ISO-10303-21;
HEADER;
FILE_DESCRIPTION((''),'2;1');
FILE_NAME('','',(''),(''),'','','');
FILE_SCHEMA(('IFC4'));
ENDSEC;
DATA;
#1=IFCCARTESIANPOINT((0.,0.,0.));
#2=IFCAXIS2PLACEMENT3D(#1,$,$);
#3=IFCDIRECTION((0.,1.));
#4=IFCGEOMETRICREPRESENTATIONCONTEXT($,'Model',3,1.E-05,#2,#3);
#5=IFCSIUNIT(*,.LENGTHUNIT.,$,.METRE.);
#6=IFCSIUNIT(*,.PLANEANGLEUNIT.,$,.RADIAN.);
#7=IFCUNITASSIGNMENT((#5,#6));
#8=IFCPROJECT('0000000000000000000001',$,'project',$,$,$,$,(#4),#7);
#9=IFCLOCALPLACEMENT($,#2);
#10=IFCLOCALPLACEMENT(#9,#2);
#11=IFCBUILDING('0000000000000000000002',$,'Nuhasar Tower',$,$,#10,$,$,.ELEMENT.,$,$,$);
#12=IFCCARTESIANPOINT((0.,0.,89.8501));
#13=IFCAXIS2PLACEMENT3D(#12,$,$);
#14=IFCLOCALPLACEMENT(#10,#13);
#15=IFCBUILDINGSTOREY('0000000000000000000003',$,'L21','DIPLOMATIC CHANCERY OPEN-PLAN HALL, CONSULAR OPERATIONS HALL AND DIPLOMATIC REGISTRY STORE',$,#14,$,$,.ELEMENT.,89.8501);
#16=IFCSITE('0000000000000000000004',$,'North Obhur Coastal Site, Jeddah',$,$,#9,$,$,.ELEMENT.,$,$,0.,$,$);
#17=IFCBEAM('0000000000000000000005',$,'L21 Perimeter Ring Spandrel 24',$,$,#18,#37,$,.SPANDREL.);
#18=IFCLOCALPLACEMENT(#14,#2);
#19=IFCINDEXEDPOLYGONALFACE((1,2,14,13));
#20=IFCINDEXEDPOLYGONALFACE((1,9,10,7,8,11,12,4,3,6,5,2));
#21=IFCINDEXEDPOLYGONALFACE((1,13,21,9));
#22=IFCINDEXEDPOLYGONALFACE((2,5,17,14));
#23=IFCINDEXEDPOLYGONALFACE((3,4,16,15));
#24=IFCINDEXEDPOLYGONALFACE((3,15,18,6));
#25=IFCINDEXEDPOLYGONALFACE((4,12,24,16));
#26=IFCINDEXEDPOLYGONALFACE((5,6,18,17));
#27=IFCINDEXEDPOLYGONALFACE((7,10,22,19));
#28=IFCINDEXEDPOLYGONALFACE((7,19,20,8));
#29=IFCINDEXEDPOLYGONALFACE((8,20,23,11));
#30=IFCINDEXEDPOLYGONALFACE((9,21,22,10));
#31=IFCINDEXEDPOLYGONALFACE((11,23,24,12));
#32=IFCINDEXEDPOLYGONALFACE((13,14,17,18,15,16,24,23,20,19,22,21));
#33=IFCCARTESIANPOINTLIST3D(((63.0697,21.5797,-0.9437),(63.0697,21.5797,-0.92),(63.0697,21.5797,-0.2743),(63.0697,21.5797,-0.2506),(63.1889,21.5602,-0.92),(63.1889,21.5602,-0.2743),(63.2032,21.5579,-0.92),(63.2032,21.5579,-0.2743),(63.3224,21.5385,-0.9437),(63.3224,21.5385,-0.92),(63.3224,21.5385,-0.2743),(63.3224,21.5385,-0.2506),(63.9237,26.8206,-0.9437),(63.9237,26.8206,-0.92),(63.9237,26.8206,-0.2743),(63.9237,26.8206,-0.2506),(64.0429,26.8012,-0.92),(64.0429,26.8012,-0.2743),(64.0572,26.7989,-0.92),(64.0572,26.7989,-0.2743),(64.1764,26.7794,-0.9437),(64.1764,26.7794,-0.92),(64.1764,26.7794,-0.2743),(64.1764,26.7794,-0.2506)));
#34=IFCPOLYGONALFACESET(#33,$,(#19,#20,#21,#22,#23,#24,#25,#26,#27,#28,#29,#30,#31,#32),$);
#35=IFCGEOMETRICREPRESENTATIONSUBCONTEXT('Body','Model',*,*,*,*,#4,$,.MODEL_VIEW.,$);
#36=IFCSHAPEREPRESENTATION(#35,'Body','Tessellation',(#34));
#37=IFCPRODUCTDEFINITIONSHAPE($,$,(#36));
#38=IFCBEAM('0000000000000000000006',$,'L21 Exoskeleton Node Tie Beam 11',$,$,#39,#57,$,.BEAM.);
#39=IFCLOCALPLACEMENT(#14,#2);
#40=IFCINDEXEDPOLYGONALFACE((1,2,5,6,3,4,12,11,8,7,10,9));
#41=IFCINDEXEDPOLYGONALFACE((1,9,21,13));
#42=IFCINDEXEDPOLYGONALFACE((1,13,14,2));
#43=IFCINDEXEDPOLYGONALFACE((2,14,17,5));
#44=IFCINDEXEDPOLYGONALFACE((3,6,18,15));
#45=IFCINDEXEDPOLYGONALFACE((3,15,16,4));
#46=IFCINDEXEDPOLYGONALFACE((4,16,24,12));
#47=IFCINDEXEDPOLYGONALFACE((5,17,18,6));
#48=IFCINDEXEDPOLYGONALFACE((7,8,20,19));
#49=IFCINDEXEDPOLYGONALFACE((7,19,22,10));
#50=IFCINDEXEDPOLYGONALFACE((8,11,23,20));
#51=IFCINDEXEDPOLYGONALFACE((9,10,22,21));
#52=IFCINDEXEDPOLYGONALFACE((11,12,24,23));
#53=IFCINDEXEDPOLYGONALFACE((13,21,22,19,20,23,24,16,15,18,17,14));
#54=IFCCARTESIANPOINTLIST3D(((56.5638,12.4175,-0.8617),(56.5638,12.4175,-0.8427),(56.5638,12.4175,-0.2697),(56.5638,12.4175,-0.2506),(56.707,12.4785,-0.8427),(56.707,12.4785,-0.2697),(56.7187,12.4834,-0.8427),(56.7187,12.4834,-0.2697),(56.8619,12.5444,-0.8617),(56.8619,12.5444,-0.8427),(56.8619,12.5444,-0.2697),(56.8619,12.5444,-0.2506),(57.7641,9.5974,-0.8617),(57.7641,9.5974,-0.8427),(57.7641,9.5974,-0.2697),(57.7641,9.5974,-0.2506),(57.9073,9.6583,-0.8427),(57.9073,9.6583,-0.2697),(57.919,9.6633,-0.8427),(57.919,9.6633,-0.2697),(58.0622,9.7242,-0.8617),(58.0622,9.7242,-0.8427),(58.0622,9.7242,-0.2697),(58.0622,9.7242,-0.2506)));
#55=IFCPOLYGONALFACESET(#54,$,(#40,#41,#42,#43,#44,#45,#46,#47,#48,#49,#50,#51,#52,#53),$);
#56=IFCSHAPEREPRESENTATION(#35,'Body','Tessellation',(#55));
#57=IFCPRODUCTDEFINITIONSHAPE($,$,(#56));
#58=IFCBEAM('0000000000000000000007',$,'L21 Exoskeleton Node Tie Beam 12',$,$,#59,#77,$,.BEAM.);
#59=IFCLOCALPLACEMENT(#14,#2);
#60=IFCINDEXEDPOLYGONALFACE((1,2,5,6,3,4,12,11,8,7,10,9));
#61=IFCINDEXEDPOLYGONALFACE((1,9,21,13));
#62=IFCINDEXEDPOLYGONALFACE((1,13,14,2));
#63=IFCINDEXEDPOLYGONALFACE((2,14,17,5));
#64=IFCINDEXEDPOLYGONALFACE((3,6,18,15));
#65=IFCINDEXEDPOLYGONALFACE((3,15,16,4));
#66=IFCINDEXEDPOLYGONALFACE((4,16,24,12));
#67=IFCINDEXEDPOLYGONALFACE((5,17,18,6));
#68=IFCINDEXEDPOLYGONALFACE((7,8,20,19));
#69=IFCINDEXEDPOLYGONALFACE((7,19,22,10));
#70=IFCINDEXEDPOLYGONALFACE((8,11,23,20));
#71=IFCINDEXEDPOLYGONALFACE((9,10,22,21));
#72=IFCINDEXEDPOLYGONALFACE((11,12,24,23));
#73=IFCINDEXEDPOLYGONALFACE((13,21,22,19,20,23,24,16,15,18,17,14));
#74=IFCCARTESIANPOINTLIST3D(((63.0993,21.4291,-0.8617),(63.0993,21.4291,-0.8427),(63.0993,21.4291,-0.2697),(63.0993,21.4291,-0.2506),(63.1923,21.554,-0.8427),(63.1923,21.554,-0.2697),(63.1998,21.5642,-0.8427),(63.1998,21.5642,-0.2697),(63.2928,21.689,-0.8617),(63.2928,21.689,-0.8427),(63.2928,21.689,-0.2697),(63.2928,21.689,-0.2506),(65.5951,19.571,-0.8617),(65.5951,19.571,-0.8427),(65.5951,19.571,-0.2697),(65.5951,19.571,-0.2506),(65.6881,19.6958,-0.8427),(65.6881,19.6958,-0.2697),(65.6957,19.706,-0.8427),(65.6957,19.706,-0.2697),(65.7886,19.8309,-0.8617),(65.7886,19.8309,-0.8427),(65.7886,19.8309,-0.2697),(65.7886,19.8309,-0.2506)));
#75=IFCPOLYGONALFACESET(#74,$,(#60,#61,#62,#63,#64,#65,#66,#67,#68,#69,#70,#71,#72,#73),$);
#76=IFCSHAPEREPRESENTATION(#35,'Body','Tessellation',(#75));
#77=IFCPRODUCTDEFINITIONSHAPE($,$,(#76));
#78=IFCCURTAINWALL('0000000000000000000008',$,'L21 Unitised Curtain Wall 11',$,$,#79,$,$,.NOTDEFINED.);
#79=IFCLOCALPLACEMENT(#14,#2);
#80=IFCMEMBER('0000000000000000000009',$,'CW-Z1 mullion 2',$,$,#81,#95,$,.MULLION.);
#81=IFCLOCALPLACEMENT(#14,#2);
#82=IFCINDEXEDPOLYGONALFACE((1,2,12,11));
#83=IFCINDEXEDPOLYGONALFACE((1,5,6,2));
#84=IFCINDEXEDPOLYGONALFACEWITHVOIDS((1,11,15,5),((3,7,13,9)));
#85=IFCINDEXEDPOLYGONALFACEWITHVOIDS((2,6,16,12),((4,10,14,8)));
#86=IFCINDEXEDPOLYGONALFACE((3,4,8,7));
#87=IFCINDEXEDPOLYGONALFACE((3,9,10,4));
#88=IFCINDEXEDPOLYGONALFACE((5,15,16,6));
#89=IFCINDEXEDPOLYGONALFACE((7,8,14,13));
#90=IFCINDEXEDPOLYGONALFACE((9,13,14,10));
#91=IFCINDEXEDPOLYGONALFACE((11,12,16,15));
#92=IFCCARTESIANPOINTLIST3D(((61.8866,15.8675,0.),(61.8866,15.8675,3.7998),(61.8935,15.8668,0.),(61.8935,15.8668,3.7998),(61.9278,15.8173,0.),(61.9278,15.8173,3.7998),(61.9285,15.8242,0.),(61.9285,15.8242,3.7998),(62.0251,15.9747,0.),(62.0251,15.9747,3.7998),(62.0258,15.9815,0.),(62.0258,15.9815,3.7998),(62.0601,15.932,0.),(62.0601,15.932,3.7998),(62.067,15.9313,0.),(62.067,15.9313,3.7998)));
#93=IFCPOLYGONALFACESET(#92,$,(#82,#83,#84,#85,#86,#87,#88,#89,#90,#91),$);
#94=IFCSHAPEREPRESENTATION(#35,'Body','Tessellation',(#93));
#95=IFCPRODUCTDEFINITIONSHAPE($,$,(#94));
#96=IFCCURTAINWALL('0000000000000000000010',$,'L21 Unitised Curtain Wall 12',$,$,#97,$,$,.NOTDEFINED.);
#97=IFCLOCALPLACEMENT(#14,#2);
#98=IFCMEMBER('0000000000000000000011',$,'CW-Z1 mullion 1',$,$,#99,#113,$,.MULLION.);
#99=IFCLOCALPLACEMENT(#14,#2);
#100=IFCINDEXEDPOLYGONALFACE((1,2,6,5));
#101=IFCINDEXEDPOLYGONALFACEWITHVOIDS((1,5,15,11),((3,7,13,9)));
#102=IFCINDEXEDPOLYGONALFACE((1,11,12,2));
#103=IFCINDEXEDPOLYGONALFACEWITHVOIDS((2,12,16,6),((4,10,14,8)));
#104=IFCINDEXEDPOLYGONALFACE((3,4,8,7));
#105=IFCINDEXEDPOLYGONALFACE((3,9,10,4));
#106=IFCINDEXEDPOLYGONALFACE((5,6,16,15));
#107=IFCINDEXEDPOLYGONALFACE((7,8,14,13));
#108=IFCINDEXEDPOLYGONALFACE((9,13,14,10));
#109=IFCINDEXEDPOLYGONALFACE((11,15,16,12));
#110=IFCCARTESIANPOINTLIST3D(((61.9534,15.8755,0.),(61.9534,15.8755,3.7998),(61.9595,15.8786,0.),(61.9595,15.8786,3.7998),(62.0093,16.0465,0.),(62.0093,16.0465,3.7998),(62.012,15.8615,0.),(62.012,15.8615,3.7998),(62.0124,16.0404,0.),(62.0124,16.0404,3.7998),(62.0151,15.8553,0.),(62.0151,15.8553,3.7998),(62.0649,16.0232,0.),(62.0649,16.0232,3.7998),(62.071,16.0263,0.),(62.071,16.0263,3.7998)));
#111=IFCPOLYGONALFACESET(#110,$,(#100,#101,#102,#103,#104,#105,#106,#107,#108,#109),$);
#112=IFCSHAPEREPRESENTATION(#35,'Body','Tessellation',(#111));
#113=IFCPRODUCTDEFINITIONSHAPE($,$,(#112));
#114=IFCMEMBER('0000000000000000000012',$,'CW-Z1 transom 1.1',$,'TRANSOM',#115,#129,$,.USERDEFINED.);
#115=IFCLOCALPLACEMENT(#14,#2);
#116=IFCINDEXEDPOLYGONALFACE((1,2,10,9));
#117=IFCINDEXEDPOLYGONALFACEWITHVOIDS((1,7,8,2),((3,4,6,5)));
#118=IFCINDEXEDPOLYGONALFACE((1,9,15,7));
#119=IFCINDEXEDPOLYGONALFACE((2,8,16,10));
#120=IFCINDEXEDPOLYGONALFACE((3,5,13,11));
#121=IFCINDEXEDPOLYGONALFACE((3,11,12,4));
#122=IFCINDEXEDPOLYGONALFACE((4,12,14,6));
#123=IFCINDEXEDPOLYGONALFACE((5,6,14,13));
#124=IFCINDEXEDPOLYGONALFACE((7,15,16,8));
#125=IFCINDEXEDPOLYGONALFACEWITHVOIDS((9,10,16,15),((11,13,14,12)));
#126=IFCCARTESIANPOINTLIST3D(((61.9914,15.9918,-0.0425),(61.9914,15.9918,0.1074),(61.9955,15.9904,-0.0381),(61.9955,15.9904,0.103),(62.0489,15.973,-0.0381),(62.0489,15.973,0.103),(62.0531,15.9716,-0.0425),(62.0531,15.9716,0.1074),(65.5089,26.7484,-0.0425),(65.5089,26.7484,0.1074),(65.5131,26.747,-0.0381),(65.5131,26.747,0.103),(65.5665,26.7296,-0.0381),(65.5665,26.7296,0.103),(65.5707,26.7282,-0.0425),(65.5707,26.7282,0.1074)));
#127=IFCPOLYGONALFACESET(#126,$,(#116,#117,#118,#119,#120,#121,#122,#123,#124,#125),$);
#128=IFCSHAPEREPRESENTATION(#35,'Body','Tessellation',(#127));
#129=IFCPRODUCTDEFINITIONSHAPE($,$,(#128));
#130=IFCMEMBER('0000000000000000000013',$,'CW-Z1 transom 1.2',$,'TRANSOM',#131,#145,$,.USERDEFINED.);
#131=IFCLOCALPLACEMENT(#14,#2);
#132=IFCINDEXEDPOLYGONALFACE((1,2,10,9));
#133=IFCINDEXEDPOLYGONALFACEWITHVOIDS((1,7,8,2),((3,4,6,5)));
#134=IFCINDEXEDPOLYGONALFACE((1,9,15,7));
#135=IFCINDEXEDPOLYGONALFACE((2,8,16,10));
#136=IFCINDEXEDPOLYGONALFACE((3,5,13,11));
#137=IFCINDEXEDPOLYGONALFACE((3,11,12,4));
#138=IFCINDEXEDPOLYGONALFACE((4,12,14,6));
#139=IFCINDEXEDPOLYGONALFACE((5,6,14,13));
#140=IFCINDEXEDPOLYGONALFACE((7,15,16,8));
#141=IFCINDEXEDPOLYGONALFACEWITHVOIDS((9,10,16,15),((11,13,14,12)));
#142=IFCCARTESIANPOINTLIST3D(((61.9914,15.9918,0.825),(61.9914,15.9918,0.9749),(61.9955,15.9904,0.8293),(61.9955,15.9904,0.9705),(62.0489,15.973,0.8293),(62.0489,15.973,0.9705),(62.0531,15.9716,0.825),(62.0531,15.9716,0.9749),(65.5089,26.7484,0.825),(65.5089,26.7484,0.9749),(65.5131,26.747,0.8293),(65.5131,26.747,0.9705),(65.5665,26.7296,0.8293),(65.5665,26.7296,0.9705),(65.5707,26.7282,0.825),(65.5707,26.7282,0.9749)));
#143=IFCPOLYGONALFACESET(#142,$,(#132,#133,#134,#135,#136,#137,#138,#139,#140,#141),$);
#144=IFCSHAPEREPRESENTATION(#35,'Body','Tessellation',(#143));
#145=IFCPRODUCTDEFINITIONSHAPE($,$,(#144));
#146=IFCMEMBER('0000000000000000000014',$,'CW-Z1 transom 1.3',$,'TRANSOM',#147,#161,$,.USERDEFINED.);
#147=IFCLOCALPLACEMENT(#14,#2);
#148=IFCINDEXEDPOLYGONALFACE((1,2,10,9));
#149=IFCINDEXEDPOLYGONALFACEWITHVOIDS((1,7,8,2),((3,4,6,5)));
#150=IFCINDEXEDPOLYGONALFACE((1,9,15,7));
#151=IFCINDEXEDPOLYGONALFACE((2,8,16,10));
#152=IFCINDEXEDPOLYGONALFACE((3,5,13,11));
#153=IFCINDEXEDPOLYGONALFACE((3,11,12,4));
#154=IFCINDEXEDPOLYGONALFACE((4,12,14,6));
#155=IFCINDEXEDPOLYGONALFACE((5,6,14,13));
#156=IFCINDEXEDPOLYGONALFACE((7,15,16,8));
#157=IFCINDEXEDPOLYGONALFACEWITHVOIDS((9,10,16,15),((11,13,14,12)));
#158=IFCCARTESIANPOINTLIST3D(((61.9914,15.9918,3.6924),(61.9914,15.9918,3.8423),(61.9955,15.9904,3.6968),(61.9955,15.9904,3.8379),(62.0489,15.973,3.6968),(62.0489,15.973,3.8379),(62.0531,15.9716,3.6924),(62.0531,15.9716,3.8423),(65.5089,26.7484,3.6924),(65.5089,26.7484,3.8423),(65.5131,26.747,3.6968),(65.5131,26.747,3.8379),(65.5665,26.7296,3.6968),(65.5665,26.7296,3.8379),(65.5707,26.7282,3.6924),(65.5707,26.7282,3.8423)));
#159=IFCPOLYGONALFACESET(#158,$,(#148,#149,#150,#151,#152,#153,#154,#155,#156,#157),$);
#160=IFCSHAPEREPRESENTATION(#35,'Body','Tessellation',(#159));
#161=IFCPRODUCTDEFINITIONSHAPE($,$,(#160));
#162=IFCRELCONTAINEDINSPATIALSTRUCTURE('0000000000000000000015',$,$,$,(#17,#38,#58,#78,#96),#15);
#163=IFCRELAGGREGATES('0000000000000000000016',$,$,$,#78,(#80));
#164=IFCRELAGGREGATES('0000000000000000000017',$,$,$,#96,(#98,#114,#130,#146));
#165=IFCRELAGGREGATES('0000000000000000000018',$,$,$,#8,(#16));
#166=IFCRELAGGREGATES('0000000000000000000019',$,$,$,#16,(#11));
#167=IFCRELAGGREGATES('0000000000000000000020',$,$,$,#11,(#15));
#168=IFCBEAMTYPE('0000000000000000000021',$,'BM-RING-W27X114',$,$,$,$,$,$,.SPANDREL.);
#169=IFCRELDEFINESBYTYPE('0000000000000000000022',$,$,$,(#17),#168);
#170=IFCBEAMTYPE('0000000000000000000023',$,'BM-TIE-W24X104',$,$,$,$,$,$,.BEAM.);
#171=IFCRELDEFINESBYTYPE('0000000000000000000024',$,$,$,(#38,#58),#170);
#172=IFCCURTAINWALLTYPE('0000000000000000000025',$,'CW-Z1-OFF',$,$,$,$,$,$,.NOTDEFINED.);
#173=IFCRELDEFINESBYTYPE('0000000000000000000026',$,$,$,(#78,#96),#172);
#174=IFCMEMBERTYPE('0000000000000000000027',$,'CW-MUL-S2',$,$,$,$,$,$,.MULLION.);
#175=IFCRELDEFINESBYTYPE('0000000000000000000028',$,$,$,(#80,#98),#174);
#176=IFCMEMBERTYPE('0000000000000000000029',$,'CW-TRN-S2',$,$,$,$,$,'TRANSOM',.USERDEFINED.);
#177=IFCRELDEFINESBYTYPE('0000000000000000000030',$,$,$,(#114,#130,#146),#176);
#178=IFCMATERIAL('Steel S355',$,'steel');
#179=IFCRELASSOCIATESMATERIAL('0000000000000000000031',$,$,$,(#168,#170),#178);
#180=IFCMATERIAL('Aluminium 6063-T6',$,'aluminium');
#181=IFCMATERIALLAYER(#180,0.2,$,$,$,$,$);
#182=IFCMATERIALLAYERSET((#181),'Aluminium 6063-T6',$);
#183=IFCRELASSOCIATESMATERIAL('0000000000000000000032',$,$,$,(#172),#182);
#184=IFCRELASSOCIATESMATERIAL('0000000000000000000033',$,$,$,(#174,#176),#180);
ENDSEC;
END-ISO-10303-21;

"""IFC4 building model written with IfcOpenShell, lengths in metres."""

from ifc_helpers import new_model, si_unit, direction, frame, origin, origin_2d, place, context, subcontext, project, spatial, hollow_rectangle, i_section, extrude, material, layer, layer_set, material_profile, profile_set, type_object, element, aggregate, save


model = new_model("IFC4")

# Units and contexts
model_context = context("Model", 3, precision=1e-05, world=origin(), true_north=direction((0.0, 1.0)))
body_context = subcontext(model_context, "Body", "Model", "MODEL_VIEW")
ifc_project = project(units=[si_unit("LENGTHUNIT", "METRE"), si_unit("PLANEANGLEUNIT", "RADIAN")], contexts=[model_context])

# Site, building, storey
site_placement = place(None, origin())
site = spatial("IfcSite", under=ifc_project, at=site_placement, Name="North Obhur Coastal Site, Jeddah", CompositionType="ELEMENT", RefElevation=0.0)
building_placement = place(site_placement, origin())
building = spatial("IfcBuilding", under=site, at=building_placement, Name="Nuhasar Tower", CompositionType="ELEMENT")
storey_placement = place(building_placement, frame((0.0, 0.0, 89.8501)))
storey = spatial("IfcBuildingStorey", under=building, at=storey_placement, Name="L21", Description="DIPLOMATIC CHANCERY OPEN-PLAN HALL, CONSULAR OPERATIONS HALL AND DIPLOMATIC REGISTRY STORE", CompositionType="ELEMENT", Elevation=89.8501)

# Beams
ifc_material_1 = material(Name="Steel S355", Category="steel")
ifc_material_profile_1 = material_profile(ifc_material_1, i_section(OverallWidth=0.2561, OverallDepth=0.6931, WebThickness=0.0144, FlangeThickness=0.0237, at=origin_2d()), Name="W27X114")
ifc_profile_set_1 = profile_set([ifc_material_profile_1], Name="Steel S355")
beam_type_1 = type_object("IfcBeamType", Name="BM-RING-W27X114", PredefinedType="SPANDREL", material=ifc_profile_set_1)
beam_1_placement = place(storey_placement, frame((63.196, 21.5591, -0.5972), z_axis=(0.160827, 0.986983, 0.0), x_axis=(-0.986983, 0.160827, 0.0)))
element("IfcBeam", 1, at=beam_1_placement, inside=storey, type_object=beam_type_1, Name="L21 Perimeter Ring Spandrel 24", PredefinedType="SPANDREL", context=body_context, shape_type="SweptSolid", body=[
    extrude(i_section(OverallWidth=0.2561, OverallDepth=0.6931, WebThickness=0.0144, FlangeThickness=0.0237, at=origin_2d()), origin(), (0.0, 0.0, 1.0), 5.3101),
])
ifc_material_profile_2 = material_profile(ifc_material_1, i_section(OverallWidth=0.324, OverallDepth=0.6111, WebThickness=0.0127, FlangeThickness=0.019, at=origin_2d()), Name="W24X104")
ifc_profile_set_2 = profile_set([ifc_material_profile_2], Name="Steel S355")
beam_type_2 = type_object("IfcBeamType", Name="BM-TIE-W24X104", PredefinedType="BEAM", material=ifc_profile_set_2)
beam_2_placement = place(storey_placement, frame((56.7129, 12.481, -0.5562), z_axis=(0.391601, -0.920135, 0.0), x_axis=(0.920135, 0.391601, 0.0)))
element("IfcBeam", 2, at=beam_2_placement, inside=storey, type_object=beam_type_2, Name="L21 Exoskeleton Node Tie Beam 11", PredefinedType="BEAM", context=body_context, shape_type="SweptSolid", body=[
    extrude(i_section(OverallWidth=0.324, OverallDepth=0.6111, WebThickness=0.0127, FlangeThickness=0.019, at=origin_2d()), origin(), (0.0, 0.0, 1.0), 3.0649),
])
beam_3_placement = place(storey_placement, frame((63.196, 21.5591, -0.5562), z_axis=(0.802113, -0.597172, 0.0), x_axis=(0.597172, 0.802113, 0.0)))
element("IfcBeam", 3, at=beam_3_placement, inside=storey, type_object=beam_type_2, Name="L21 Exoskeleton Node Tie Beam 12", PredefinedType="BEAM", context=body_context, shape_type="SweptSolid", body=[
    extrude(i_section(OverallWidth=0.324, OverallDepth=0.6111, WebThickness=0.0127, FlangeThickness=0.019, at=origin_2d()), origin(), (0.0, 0.0, 1.0), 3.1116),
])

# Curtain wall, member
ifc_material_2 = material(Name="Aluminium 6063-T6", Category="aluminium")
ifc_layer_1 = layer(ifc_material_2, 0.2)
ifc_layer_set_1 = layer_set([ifc_layer_1], Name="Aluminium 6063-T6")
curtain_wall_type = type_object("IfcCurtainWallType", Name="CW-Z1-OFF", PredefinedType="NOTDEFINED", material=ifc_layer_set_1)
curtain_wall_1_placement = place(storey_placement, origin())
curtain_wall_1 = element("IfcCurtainWall", 4, at=curtain_wall_1_placement, inside=storey, type_object=curtain_wall_type, Name="L21 Unitised Curtain Wall 11", PredefinedType="NOTDEFINED")
ifc_material_profile_3 = material_profile(ifc_material_2, hollow_rectangle(XDim=0.0649, YDim=0.1799, WallThickness=0.0049, at=origin_2d()), Name="CWM-2")
ifc_profile_set_3 = profile_set([ifc_material_profile_3], Name="Aluminium 6063-T6")
member_type_1 = type_object("IfcMemberType", Name="CW-MUL-S2", PredefinedType="MULLION", material=ifc_profile_set_3)
member_1_placement = place(storey_placement, frame((61.9768, 15.8994, 0.0), z_axis=(0.0, 0.0, 1.0), x_axis=(-0.633745, 0.773542, 0.0)))
member_1 = element("IfcMember", 5, at=member_1_placement, type_object=member_type_1, Name="CW-Z1 mullion 2", PredefinedType="MULLION", context=body_context, shape_type="SweptSolid", body=[
    extrude(hollow_rectangle(XDim=0.0649, YDim=0.1799, WallThickness=0.0049, at=origin_2d()), origin(), (0.0, 0.0, 1.0), 3.7998),
])

# Curtain wall, members
curtain_wall_2_placement = place(storey_placement, origin())
curtain_wall_2 = element("IfcCurtainWall", 6, at=curtain_wall_2_placement, inside=storey, type_object=curtain_wall_type, Name="L21 Unitised Curtain Wall 12", PredefinedType="NOTDEFINED")
member_2_placement = place(storey_placement, frame((62.0122, 15.9509, 0.0), z_axis=(0.0, 0.0, 1.0), x_axis=(-0.950468, 0.310824, 0.0)))
member_2 = element("IfcMember", 7, at=member_2_placement, type_object=member_type_1, Name="CW-Z1 mullion 1", PredefinedType="MULLION", context=body_context, shape_type="SweptSolid", body=[
    extrude(hollow_rectangle(XDim=0.0649, YDim=0.1799, WallThickness=0.0049, at=origin_2d()), origin(), (0.0, 0.0, 1.0), 3.7998),
])
ifc_material_profile_4 = material_profile(ifc_material_2, hollow_rectangle(XDim=0.0649, YDim=0.1499, WallThickness=0.0044, at=origin_2d()), Name="CWT-2")
ifc_profile_set_4 = profile_set([ifc_material_profile_4], Name="Aluminium 6063-T6")
member_type_2 = type_object("IfcMemberType", Name="CW-TRN-S2", ElementType="TRANSOM", PredefinedType="USERDEFINED", material=ifc_profile_set_4)
member_3_placement = place(storey_placement, frame((62.0222, 15.9817, 0.0325), z_axis=(0.310819, 0.950469, 0.0), x_axis=(-0.950469, 0.310819, 0.0)))
member_3 = element("IfcMember", 8, at=member_3_placement, type_object=member_type_2, Name="CW-Z1 transom 1.1", ObjectType="TRANSOM", PredefinedType="USERDEFINED", context=body_context, shape_type="SweptSolid", body=[
    extrude(hollow_rectangle(XDim=0.0649, YDim=0.1499, WallThickness=0.0044, at=origin_2d()), origin(), (0.0, 0.0, 1.0), 11.3171),
])
member_4_placement = place(storey_placement, frame((62.0222, 15.9817, 0.8999), z_axis=(0.310819, 0.950469, 0.0), x_axis=(-0.950469, 0.310819, 0.0)))
member_4 = element("IfcMember", 9, at=member_4_placement, type_object=member_type_2, Name="CW-Z1 transom 1.2", ObjectType="TRANSOM", PredefinedType="USERDEFINED", context=body_context, shape_type="SweptSolid", body=[
    extrude(hollow_rectangle(XDim=0.0649, YDim=0.1499, WallThickness=0.0044, at=origin_2d()), origin(), (0.0, 0.0, 1.0), 11.3171),
])
member_5_placement = place(storey_placement, frame((62.0222, 15.9817, 3.7673), z_axis=(0.310819, 0.950469, 0.0), x_axis=(-0.950469, 0.310819, 0.0)))
member_5 = element("IfcMember", 10, at=member_5_placement, type_object=member_type_2, Name="CW-Z1 transom 1.3", ObjectType="TRANSOM", PredefinedType="USERDEFINED", context=body_context, shape_type="SweptSolid", body=[
    extrude(hollow_rectangle(XDim=0.0649, YDim=0.1499, WallThickness=0.0044, at=origin_2d()), origin(), (0.0, 0.0, 1.0), 11.3171),
])

aggregate(curtain_wall_1, [member_1])
aggregate(curtain_wall_2, [member_2, member_3, member_4, member_5])

save(model, "model.ifc")
